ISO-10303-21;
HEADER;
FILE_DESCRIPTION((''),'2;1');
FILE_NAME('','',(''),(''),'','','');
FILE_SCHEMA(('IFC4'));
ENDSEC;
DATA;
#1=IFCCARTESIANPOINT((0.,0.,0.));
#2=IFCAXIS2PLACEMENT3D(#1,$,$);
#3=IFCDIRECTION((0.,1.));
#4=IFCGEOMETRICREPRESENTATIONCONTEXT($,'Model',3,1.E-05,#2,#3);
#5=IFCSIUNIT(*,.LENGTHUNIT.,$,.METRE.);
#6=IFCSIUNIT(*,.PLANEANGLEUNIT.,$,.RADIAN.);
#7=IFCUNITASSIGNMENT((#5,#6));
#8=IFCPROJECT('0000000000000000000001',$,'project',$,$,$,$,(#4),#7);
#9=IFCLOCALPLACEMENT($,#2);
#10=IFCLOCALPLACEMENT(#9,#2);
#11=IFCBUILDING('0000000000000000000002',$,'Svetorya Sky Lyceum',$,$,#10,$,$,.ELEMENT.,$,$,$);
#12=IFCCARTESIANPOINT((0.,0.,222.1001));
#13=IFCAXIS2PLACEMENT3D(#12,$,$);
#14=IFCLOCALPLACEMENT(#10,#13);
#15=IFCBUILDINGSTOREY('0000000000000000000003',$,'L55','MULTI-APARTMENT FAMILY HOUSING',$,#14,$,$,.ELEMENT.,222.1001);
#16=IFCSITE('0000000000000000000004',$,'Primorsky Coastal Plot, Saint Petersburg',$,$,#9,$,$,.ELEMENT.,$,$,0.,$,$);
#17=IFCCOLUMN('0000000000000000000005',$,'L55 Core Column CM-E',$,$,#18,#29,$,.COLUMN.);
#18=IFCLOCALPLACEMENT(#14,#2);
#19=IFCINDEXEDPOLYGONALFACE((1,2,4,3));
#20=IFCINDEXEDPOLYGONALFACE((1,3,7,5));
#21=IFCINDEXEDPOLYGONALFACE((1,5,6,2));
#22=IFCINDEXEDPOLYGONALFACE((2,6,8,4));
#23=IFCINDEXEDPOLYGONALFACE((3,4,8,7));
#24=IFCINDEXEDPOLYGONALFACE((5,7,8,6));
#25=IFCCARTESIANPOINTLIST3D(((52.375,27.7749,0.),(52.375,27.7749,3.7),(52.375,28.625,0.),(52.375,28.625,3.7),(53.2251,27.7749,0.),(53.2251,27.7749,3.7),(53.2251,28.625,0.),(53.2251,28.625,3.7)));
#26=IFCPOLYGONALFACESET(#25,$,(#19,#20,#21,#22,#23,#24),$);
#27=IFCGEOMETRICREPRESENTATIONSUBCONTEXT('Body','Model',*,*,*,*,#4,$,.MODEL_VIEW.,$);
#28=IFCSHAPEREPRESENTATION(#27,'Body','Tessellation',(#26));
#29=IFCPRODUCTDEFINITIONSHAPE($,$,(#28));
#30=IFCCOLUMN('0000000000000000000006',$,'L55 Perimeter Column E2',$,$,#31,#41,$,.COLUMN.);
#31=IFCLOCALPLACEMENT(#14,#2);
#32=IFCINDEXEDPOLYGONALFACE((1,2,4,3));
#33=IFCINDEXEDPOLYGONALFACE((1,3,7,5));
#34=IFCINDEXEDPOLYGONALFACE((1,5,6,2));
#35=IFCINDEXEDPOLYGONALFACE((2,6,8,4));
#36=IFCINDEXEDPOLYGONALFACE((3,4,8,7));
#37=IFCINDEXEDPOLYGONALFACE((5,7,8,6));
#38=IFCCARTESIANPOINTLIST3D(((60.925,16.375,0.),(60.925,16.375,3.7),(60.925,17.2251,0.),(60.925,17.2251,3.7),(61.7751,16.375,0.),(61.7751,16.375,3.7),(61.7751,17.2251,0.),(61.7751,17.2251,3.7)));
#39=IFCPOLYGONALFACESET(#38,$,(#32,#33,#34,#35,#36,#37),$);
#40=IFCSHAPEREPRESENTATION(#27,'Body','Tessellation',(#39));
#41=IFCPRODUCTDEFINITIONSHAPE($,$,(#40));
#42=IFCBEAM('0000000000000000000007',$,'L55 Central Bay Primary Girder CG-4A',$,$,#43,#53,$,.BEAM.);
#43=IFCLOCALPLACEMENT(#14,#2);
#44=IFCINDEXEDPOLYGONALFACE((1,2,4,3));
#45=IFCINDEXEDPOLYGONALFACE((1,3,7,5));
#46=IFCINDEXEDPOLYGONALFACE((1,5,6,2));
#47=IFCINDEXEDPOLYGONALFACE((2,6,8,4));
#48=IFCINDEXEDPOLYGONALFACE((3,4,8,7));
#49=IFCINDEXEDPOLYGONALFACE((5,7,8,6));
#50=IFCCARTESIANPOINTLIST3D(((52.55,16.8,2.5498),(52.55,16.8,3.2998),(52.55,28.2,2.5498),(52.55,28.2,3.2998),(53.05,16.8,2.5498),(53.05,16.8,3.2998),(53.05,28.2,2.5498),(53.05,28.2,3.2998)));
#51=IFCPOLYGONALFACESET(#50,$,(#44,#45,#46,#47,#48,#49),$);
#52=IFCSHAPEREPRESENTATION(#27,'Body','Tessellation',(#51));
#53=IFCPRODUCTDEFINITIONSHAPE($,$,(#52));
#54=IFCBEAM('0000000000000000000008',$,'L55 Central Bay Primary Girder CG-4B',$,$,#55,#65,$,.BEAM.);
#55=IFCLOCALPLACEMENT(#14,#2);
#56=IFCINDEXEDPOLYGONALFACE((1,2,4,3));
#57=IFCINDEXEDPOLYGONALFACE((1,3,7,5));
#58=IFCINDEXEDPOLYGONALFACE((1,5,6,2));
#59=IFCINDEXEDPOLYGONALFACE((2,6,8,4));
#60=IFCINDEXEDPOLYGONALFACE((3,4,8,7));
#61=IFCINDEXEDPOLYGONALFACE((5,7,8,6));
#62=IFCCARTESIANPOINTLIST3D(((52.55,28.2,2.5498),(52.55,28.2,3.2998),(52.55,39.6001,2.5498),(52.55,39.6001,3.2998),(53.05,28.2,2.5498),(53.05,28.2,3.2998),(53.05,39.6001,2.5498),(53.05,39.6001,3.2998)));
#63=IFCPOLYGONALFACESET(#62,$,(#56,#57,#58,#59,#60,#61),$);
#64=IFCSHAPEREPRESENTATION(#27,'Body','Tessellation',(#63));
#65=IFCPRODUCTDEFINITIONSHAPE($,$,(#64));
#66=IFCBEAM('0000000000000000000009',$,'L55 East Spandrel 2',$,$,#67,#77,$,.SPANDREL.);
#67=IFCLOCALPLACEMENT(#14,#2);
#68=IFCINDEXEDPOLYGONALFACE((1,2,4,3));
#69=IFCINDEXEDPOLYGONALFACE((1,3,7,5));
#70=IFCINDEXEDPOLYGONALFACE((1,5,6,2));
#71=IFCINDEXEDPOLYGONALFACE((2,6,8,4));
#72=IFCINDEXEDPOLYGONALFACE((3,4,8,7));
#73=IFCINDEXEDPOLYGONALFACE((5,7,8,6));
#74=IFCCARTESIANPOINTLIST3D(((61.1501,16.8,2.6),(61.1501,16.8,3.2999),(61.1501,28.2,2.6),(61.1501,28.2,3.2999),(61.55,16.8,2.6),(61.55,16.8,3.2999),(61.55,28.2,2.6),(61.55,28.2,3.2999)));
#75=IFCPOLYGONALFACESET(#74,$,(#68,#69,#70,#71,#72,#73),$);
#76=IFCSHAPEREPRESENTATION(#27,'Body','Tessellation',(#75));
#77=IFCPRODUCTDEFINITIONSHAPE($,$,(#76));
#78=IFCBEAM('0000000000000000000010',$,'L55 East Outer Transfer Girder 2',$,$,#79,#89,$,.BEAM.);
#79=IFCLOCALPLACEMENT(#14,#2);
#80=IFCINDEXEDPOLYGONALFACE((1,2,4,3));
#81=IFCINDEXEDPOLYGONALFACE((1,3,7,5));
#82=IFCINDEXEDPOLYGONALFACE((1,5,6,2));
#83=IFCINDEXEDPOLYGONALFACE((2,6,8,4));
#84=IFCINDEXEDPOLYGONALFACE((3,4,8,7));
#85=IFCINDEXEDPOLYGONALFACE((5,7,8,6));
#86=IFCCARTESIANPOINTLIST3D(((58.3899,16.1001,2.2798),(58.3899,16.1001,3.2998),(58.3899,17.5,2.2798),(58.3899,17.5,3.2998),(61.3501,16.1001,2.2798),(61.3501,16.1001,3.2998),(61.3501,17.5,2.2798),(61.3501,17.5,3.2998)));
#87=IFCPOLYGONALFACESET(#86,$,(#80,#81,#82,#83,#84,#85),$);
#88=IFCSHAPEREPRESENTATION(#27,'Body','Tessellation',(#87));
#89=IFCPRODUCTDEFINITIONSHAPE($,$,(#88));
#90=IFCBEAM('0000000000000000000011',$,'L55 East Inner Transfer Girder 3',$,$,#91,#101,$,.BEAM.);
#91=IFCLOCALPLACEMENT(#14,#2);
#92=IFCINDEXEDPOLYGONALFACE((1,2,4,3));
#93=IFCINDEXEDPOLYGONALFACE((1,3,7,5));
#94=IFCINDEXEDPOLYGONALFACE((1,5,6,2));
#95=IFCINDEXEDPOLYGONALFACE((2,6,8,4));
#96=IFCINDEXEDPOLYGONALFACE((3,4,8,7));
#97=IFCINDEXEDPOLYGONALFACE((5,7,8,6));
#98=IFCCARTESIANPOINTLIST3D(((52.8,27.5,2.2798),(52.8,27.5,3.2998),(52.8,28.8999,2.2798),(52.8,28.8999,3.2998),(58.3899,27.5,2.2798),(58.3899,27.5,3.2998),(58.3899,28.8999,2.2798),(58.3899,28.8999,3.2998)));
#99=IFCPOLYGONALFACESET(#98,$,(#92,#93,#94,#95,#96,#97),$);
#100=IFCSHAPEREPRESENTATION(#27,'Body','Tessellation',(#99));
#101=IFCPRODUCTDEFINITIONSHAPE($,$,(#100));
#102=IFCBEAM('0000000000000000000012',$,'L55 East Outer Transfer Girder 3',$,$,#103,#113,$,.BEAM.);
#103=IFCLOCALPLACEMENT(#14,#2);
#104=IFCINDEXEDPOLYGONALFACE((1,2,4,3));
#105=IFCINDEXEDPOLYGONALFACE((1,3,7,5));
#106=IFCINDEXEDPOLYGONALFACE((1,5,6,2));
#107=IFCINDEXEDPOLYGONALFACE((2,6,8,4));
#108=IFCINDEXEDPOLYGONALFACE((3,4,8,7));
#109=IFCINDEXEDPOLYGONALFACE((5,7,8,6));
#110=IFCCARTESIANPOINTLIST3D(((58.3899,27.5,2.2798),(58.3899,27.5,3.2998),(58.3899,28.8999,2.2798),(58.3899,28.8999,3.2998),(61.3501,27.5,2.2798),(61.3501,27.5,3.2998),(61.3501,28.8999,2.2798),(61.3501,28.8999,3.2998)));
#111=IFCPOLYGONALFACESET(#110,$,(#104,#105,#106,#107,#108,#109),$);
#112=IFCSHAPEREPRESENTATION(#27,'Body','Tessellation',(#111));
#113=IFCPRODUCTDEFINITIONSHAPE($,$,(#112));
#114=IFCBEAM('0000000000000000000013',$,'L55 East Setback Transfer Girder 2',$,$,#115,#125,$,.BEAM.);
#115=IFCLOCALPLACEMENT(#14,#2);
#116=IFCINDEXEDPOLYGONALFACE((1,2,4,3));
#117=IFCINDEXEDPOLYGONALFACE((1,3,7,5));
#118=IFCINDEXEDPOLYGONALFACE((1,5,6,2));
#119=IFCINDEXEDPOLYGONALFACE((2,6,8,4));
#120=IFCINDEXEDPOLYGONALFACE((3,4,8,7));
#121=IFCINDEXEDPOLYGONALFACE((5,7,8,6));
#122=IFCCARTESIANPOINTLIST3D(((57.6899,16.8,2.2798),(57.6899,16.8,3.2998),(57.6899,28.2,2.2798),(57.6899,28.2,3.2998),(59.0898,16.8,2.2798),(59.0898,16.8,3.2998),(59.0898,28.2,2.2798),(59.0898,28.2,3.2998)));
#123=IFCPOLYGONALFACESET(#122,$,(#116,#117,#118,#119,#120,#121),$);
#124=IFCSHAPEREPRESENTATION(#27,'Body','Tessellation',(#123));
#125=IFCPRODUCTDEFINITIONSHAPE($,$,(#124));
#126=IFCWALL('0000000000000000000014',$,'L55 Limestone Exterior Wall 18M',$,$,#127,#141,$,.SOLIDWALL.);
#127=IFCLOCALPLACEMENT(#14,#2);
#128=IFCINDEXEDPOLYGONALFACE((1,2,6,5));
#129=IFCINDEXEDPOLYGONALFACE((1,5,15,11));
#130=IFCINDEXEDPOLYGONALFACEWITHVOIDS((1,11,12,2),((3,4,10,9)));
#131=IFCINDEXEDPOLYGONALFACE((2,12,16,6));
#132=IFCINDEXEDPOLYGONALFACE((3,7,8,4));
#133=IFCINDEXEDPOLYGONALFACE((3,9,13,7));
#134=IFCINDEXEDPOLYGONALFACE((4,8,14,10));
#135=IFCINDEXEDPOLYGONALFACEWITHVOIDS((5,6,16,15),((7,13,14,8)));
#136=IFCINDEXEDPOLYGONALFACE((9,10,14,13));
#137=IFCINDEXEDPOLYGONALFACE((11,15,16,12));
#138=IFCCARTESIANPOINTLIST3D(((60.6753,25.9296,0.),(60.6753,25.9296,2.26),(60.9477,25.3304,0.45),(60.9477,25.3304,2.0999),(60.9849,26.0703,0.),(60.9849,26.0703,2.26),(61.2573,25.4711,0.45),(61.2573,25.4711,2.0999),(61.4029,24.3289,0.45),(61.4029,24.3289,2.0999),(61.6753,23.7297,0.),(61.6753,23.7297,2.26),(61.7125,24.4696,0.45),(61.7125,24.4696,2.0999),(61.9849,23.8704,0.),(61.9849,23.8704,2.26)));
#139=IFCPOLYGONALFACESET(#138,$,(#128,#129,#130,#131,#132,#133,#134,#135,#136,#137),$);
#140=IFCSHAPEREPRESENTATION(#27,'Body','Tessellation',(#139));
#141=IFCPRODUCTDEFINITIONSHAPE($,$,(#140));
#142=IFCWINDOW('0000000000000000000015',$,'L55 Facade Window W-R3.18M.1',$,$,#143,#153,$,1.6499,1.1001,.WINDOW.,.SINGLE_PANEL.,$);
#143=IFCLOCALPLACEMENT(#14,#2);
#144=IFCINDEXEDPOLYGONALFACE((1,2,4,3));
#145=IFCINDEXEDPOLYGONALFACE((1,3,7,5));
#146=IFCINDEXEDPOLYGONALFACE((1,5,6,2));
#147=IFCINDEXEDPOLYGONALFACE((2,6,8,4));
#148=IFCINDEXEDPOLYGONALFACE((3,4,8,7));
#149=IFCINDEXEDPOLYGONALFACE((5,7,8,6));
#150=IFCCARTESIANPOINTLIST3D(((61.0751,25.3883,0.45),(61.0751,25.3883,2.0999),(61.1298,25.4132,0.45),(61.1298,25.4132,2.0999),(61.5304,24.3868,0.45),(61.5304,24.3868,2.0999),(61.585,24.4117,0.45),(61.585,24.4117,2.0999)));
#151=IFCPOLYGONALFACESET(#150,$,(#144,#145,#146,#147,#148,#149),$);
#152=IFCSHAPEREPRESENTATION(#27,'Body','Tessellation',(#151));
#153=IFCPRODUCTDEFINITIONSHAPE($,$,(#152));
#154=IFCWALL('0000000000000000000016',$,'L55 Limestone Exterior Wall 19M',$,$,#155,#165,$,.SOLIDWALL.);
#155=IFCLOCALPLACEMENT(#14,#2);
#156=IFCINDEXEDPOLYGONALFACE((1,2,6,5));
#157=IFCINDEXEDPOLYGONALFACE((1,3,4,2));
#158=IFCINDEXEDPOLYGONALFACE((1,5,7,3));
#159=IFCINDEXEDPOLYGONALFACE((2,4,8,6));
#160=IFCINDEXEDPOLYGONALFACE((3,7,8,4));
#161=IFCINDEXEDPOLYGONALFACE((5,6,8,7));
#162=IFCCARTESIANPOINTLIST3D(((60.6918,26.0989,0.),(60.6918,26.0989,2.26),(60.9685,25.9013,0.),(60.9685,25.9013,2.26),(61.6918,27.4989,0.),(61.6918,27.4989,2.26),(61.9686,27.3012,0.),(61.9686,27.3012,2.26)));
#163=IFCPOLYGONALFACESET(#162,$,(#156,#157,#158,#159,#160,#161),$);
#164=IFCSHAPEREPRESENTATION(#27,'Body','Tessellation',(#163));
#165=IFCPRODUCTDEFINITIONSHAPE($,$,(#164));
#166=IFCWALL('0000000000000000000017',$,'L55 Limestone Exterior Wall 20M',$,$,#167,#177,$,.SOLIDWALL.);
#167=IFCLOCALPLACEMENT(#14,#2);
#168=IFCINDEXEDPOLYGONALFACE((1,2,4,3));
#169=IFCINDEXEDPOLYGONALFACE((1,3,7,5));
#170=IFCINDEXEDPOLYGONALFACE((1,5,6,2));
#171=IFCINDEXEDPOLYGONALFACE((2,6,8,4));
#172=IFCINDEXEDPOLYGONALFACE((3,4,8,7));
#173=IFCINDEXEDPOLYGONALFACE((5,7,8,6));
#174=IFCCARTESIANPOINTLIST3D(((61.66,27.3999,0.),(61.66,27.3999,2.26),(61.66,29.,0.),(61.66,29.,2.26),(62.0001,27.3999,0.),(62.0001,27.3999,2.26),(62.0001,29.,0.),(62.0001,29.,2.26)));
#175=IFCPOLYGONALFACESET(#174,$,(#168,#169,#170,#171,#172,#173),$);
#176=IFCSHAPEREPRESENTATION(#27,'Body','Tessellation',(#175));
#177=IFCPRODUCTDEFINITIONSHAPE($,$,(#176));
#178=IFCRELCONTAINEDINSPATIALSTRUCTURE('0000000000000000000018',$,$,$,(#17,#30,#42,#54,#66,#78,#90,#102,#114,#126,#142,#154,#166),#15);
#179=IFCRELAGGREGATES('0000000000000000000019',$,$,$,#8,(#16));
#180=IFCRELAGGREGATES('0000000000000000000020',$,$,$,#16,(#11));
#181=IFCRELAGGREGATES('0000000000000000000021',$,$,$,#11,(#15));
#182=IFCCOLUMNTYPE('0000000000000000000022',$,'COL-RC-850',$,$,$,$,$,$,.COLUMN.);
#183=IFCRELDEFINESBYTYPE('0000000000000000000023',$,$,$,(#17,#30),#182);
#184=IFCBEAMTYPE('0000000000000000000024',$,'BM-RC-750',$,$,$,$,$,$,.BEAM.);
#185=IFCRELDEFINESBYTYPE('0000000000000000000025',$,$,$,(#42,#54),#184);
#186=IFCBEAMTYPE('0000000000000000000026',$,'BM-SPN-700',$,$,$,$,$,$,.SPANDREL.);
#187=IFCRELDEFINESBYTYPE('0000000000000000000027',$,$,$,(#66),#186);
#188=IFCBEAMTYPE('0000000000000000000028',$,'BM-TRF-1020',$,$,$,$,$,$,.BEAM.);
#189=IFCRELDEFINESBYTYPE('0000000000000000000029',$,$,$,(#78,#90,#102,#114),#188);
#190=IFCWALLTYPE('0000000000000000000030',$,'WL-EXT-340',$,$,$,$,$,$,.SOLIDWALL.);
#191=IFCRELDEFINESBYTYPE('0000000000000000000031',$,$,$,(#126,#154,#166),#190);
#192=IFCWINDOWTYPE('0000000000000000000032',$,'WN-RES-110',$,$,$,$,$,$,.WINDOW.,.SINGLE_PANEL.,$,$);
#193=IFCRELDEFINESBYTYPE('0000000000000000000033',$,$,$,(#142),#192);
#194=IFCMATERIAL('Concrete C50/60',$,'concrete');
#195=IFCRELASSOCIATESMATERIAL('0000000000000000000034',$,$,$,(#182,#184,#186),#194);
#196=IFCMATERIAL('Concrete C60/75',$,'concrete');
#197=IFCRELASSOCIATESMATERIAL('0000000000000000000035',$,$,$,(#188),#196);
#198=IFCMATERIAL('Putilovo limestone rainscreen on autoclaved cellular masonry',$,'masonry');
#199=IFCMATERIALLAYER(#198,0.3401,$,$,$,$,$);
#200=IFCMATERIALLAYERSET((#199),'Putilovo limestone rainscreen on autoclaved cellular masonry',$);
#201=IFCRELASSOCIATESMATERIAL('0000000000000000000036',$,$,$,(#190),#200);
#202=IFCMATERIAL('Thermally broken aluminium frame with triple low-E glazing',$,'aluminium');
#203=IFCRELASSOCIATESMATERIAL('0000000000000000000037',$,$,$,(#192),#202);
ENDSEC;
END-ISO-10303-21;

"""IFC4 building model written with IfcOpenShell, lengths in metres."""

from ifc_helpers import new_model, si_unit, direction, frame, frame_2d, origin, origin_2d, place, context, subcontext, project, spatial, rectangle, extrude, material, layer, layer_set, material_profile, profile_set, type_object, element, fill, save


model = new_model("IFC4")

# Units and contexts
model_context = context("Model", 3, precision=1e-05, world=origin(), true_north=direction((0.0, 1.0)))
body_context = subcontext(model_context, "Body", "Model", "MODEL_VIEW")
ifc_project = project(units=[si_unit("LENGTHUNIT", "METRE"), si_unit("PLANEANGLEUNIT", "RADIAN")], contexts=[model_context])

# Site, building, storey
site_placement = place(None, origin())
site = spatial("IfcSite", under=ifc_project, at=site_placement, Name="Primorsky Coastal Plot, Saint Petersburg", CompositionType="ELEMENT", RefElevation=0.0)
building_placement = place(site_placement, origin())
building = spatial("IfcBuilding", under=site, at=building_placement, Name="Svetorya Sky Lyceum", CompositionType="ELEMENT")
storey_placement = place(building_placement, frame((0.0, 0.0, 222.1001)))
storey = spatial("IfcBuildingStorey", under=building, at=storey_placement, Name="L55", Description="MULTI-APARTMENT FAMILY HOUSING", CompositionType="ELEMENT", Elevation=222.1001)

# Columns
ifc_material_1 = material(Name="Concrete C50/60", Category="concrete")
ifc_material_profile_1 = material_profile(ifc_material_1, rectangle(XDim=0.8501, YDim=0.8501, at=origin_2d()), Name="RC COL 850x850")
ifc_profile_set_1 = profile_set([ifc_material_profile_1], Name="Concrete C50/60")
column_type = type_object("IfcColumnType", Name="COL-RC-850", PredefinedType="COLUMN", material=ifc_profile_set_1)
for number, where, z_axis, x_axis, name in (
    (1, (52.8, 28.2, 0.0), (0.0, 0.0, 1.0), (1.0, 0.0, 0.0), "L55 Core Column CM-E"),
    (2, (61.3501, 16.8, 0.0), (0.0, 0.0, 1.0), (1.0, 0.0, 0.0), "L55 Perimeter Column E2"),
):
    element("IfcColumn", number, at=place(storey_placement, frame(where, z_axis=z_axis, x_axis=x_axis)), inside=storey, type_object=column_type, Name=name, PredefinedType="COLUMN", context=body_context, shape_type="SweptSolid", body=[
        extrude(rectangle(XDim=0.8501, YDim=0.8501, at=origin_2d()), origin(), (0.0, 0.0, 1.0), 3.7),
    ])

# Beams
ifc_material_profile_2 = material_profile(ifc_material_1, rectangle(XDim=0.5, YDim=0.75, at=origin_2d()), Name="RC BEAM 500x750")
ifc_profile_set_2 = profile_set([ifc_material_profile_2], Name="Concrete C50/60")
beam_type_1 = type_object("IfcBeamType", Name="BM-RC-750", PredefinedType="BEAM", material=ifc_profile_set_2)
beam_1_placement = place(storey_placement, frame((52.8, 16.8, 2.9248), z_axis=(0.0, 1.0, 0.0), x_axis=(-1.0, 0.0, 0.0)))
element("IfcBeam", 3, at=beam_1_placement, inside=storey, type_object=beam_type_1, Name="L55 Central Bay Primary Girder CG-4A", PredefinedType="BEAM", context=body_context, shape_type="SweptSolid", body=[
    extrude(rectangle(XDim=0.5, YDim=0.75, at=origin_2d()), origin(), (0.0, 0.0, 1.0), 11.3999),
])
beam_2_placement = place(storey_placement, frame((52.8, 28.2, 2.9248), z_axis=(0.0, 1.0, 0.0), x_axis=(-1.0, 0.0, 0.0)))
element("IfcBeam", 4, at=beam_2_placement, inside=storey, type_object=beam_type_1, Name="L55 Central Bay Primary Girder CG-4B", PredefinedType="BEAM", context=body_context, shape_type="SweptSolid", body=[
    extrude(rectangle(XDim=0.5, YDim=0.75, at=origin_2d()), origin(), (0.0, 0.0, 1.0), 11.4001),
])
ifc_material_profile_3 = material_profile(ifc_material_1, rectangle(XDim=0.3999, YDim=0.7, at=origin_2d()), Name="RC SPANDREL 400x700")
ifc_profile_set_3 = profile_set([ifc_material_profile_3], Name="Concrete C50/60")
beam_type_2 = type_object("IfcBeamType", Name="BM-SPN-700", PredefinedType="SPANDREL", material=ifc_profile_set_3)
beam_3_placement = place(storey_placement, frame((61.3501, 16.8, 2.95), z_axis=(0.0, 1.0, 0.0), x_axis=(-1.0, 0.0, 0.0)))
element("IfcBeam", 5, at=beam_3_placement, inside=storey, type_object=beam_type_2, Name="L55 East Spandrel 2", PredefinedType="SPANDREL", context=body_context, shape_type="SweptSolid", body=[
    extrude(rectangle(XDim=0.3999, YDim=0.7, at=origin_2d()), origin(), (0.0, 0.0, 1.0), 11.3999),
])
ifc_material_2 = material(Name="Concrete C60/75", Category="concrete")
ifc_material_profile_4 = material_profile(ifc_material_2, rectangle(XDim=1.3999, YDim=1.02, at=origin_2d()), Name="RC TRANSFER 1400x1020")
ifc_profile_set_4 = profile_set([ifc_material_profile_4], Name="Concrete C60/75")
beam_type_3 = type_object("IfcBeamType", Name="BM-TRF-1020", PredefinedType="BEAM", material=ifc_profile_set_4)
beam_4_placement = place(storey_placement, frame((58.3899, 16.8, 2.7898), z_axis=(1.0, 0.0, 0.0), x_axis=(0.0, 1.0, 0.0)))
element("IfcBeam", 6, at=beam_4_placement, inside=storey, type_object=beam_type_3, Name="L55 East Outer Transfer Girder 2", PredefinedType="BEAM", context=body_context, shape_type="SweptSolid", body=[
    extrude(rectangle(XDim=1.3999, YDim=1.02, at=origin_2d()), origin(), (0.0, 0.0, 1.0), 2.9602),
])
beam_5_placement = place(storey_placement, frame((52.8, 28.2, 2.7898), z_axis=(1.0, 0.0, 0.0), x_axis=(0.0, 1.0, 0.0)))
element("IfcBeam", 7, at=beam_5_placement, inside=storey, type_object=beam_type_3, Name="L55 East Inner Transfer Girder 3", PredefinedType="BEAM", context=body_context, shape_type="SweptSolid", body=[
    extrude(rectangle(XDim=1.3999, YDim=1.02, at=origin_2d()), origin(), (0.0, 0.0, 1.0), 5.5898),
])
beam_6_placement = place(storey_placement, frame((58.3899, 28.2, 2.7898), z_axis=(1.0, 0.0, 0.0), x_axis=(0.0, 1.0, 0.0)))
element("IfcBeam", 8, at=beam_6_placement, inside=storey, type_object=beam_type_3, Name="L55 East Outer Transfer Girder 3", PredefinedType="BEAM", context=body_context, shape_type="SweptSolid", body=[
    extrude(rectangle(XDim=1.3999, YDim=1.02, at=origin_2d()), origin(), (0.0, 0.0, 1.0), 2.9602),
])
beam_7_placement = place(storey_placement, frame((58.3899, 16.8, 2.7898), z_axis=(0.0, 1.0, 0.0), x_axis=(-1.0, 0.0, 0.0)))
element("IfcBeam", 9, at=beam_7_placement, inside=storey, type_object=beam_type_3, Name="L55 East Setback Transfer Girder 2", PredefinedType="BEAM", context=body_context, shape_type="SweptSolid", body=[
    extrude(rectangle(XDim=1.3999, YDim=1.02, at=origin_2d()), origin(), (0.0, 0.0, 1.0), 11.3999),
])

# Wall, opening, window
ifc_material_3 = material(Name="Putilovo limestone rainscreen on autoclaved cellular masonry", Category="masonry")
ifc_layer_1 = layer(ifc_material_3, 0.3401)
ifc_layer_set_1 = layer_set([ifc_layer_1], Name="Putilovo limestone rainscreen on autoclaved cellular masonry")
wall_type_1 = type_object("IfcWallType", Name="WL-EXT-340", PredefinedType="SOLIDWALL", material=ifc_layer_set_1)
wall_1_placement = place(storey_placement, frame((61.8301, 23.8, 0.0), z_axis=(0.0, 0.0, 1.0), x_axis=(-0.413811, 0.910363, 0.0)))
wall_1 = element("IfcWall", 10, at=wall_1_placement, inside=storey, type_object=wall_type_1, Name="L55 Limestone Exterior Wall 18M", PredefinedType="SOLIDWALL", context=body_context, shape_type="SweptSolid", body=[
    extrude(rectangle(XDim=2.4165, YDim=0.3401, at=frame_2d((1.2083, 0.0))), origin(), (0.0, 0.0, 1.0), 2.26),
])
opening_1_placement = place(wall_1_placement, frame((0.6582, 0.0, 0.45)))
opening_1 = element("IfcOpeningElement", 11, at=opening_1_placement, cuts=wall_1, PredefinedType="OPENING", context=body_context, shape_type="SweptSolid", body=[
    extrude(rectangle(XDim=1.1001, YDim=1.6499, at=frame_2d((0.55, 0.825))), frame((0.0, 0.1799, 0.0), z_axis=(0.0, -1.0, 0.0), x_axis=(1.0, 0.0, 0.0)), (0.0, 0.0, 1.0), 0.3601),
])
ifc_material_4 = material(Name="Thermally broken aluminium frame with triple low-E glazing", Category="aluminium")
window_type = type_object("IfcWindowType", Name="WN-RES-110", PartitioningType="SINGLE_PANEL", PredefinedType="WINDOW", material=ifc_material_4)
window_placement = place(opening_1_placement, origin())
window = element("IfcWindow", 12, at=window_placement, inside=storey, type_object=window_type, Name="L55 Facade Window W-R3.18M.1", OverallHeight=1.6499, OverallWidth=1.1001, PartitioningType="SINGLE_PANEL", PredefinedType="WINDOW", context=body_context, shape_type="SweptSolid", body=[
    extrude(rectangle(XDim=1.1001, YDim=1.6499, at=frame_2d((0.55, 0.825))), frame((0.0, 0.03, 0.0), z_axis=(0.0, -1.0, 0.0), x_axis=(1.0, 0.0, 0.0)), (0.0, 0.0, 1.0), 0.0601),
])
fill(opening_1, window)

# Walls
wall_2_placement = place(storey_placement, frame((60.8301, 26.0, 0.0), z_axis=(0.0, 0.0, 1.0), x_axis=(0.581265, 0.813714, 0.0)))
element("IfcWall", 13, at=wall_2_placement, inside=storey, type_object=wall_type_1, Name="L55 Limestone Exterior Wall 19M", PredefinedType="SOLIDWALL", context=body_context, shape_type="SweptSolid", body=[
    extrude(rectangle(XDim=1.7205, YDim=0.3401, at=frame_2d((0.8604, 0.0))), origin(), (0.0, 0.0, 1.0), 2.26),
])
wall_3_placement = place(storey_placement, frame((61.8301, 27.3999, 0.0), z_axis=(0.0, 0.0, 1.0), x_axis=(0.0, 1.0, 0.0)))
element("IfcWall", 14, at=wall_3_placement, inside=storey, type_object=wall_type_1, Name="L55 Limestone Exterior Wall 20M", PredefinedType="SOLIDWALL", context=body_context, shape_type="SweptSolid", body=[
    extrude(rectangle(XDim=1.6001, YDim=0.3401, at=frame_2d((0.8, 0.0))), origin(), (0.0, 0.0, 1.0), 2.26),
])

save(model, "model.ifc")
